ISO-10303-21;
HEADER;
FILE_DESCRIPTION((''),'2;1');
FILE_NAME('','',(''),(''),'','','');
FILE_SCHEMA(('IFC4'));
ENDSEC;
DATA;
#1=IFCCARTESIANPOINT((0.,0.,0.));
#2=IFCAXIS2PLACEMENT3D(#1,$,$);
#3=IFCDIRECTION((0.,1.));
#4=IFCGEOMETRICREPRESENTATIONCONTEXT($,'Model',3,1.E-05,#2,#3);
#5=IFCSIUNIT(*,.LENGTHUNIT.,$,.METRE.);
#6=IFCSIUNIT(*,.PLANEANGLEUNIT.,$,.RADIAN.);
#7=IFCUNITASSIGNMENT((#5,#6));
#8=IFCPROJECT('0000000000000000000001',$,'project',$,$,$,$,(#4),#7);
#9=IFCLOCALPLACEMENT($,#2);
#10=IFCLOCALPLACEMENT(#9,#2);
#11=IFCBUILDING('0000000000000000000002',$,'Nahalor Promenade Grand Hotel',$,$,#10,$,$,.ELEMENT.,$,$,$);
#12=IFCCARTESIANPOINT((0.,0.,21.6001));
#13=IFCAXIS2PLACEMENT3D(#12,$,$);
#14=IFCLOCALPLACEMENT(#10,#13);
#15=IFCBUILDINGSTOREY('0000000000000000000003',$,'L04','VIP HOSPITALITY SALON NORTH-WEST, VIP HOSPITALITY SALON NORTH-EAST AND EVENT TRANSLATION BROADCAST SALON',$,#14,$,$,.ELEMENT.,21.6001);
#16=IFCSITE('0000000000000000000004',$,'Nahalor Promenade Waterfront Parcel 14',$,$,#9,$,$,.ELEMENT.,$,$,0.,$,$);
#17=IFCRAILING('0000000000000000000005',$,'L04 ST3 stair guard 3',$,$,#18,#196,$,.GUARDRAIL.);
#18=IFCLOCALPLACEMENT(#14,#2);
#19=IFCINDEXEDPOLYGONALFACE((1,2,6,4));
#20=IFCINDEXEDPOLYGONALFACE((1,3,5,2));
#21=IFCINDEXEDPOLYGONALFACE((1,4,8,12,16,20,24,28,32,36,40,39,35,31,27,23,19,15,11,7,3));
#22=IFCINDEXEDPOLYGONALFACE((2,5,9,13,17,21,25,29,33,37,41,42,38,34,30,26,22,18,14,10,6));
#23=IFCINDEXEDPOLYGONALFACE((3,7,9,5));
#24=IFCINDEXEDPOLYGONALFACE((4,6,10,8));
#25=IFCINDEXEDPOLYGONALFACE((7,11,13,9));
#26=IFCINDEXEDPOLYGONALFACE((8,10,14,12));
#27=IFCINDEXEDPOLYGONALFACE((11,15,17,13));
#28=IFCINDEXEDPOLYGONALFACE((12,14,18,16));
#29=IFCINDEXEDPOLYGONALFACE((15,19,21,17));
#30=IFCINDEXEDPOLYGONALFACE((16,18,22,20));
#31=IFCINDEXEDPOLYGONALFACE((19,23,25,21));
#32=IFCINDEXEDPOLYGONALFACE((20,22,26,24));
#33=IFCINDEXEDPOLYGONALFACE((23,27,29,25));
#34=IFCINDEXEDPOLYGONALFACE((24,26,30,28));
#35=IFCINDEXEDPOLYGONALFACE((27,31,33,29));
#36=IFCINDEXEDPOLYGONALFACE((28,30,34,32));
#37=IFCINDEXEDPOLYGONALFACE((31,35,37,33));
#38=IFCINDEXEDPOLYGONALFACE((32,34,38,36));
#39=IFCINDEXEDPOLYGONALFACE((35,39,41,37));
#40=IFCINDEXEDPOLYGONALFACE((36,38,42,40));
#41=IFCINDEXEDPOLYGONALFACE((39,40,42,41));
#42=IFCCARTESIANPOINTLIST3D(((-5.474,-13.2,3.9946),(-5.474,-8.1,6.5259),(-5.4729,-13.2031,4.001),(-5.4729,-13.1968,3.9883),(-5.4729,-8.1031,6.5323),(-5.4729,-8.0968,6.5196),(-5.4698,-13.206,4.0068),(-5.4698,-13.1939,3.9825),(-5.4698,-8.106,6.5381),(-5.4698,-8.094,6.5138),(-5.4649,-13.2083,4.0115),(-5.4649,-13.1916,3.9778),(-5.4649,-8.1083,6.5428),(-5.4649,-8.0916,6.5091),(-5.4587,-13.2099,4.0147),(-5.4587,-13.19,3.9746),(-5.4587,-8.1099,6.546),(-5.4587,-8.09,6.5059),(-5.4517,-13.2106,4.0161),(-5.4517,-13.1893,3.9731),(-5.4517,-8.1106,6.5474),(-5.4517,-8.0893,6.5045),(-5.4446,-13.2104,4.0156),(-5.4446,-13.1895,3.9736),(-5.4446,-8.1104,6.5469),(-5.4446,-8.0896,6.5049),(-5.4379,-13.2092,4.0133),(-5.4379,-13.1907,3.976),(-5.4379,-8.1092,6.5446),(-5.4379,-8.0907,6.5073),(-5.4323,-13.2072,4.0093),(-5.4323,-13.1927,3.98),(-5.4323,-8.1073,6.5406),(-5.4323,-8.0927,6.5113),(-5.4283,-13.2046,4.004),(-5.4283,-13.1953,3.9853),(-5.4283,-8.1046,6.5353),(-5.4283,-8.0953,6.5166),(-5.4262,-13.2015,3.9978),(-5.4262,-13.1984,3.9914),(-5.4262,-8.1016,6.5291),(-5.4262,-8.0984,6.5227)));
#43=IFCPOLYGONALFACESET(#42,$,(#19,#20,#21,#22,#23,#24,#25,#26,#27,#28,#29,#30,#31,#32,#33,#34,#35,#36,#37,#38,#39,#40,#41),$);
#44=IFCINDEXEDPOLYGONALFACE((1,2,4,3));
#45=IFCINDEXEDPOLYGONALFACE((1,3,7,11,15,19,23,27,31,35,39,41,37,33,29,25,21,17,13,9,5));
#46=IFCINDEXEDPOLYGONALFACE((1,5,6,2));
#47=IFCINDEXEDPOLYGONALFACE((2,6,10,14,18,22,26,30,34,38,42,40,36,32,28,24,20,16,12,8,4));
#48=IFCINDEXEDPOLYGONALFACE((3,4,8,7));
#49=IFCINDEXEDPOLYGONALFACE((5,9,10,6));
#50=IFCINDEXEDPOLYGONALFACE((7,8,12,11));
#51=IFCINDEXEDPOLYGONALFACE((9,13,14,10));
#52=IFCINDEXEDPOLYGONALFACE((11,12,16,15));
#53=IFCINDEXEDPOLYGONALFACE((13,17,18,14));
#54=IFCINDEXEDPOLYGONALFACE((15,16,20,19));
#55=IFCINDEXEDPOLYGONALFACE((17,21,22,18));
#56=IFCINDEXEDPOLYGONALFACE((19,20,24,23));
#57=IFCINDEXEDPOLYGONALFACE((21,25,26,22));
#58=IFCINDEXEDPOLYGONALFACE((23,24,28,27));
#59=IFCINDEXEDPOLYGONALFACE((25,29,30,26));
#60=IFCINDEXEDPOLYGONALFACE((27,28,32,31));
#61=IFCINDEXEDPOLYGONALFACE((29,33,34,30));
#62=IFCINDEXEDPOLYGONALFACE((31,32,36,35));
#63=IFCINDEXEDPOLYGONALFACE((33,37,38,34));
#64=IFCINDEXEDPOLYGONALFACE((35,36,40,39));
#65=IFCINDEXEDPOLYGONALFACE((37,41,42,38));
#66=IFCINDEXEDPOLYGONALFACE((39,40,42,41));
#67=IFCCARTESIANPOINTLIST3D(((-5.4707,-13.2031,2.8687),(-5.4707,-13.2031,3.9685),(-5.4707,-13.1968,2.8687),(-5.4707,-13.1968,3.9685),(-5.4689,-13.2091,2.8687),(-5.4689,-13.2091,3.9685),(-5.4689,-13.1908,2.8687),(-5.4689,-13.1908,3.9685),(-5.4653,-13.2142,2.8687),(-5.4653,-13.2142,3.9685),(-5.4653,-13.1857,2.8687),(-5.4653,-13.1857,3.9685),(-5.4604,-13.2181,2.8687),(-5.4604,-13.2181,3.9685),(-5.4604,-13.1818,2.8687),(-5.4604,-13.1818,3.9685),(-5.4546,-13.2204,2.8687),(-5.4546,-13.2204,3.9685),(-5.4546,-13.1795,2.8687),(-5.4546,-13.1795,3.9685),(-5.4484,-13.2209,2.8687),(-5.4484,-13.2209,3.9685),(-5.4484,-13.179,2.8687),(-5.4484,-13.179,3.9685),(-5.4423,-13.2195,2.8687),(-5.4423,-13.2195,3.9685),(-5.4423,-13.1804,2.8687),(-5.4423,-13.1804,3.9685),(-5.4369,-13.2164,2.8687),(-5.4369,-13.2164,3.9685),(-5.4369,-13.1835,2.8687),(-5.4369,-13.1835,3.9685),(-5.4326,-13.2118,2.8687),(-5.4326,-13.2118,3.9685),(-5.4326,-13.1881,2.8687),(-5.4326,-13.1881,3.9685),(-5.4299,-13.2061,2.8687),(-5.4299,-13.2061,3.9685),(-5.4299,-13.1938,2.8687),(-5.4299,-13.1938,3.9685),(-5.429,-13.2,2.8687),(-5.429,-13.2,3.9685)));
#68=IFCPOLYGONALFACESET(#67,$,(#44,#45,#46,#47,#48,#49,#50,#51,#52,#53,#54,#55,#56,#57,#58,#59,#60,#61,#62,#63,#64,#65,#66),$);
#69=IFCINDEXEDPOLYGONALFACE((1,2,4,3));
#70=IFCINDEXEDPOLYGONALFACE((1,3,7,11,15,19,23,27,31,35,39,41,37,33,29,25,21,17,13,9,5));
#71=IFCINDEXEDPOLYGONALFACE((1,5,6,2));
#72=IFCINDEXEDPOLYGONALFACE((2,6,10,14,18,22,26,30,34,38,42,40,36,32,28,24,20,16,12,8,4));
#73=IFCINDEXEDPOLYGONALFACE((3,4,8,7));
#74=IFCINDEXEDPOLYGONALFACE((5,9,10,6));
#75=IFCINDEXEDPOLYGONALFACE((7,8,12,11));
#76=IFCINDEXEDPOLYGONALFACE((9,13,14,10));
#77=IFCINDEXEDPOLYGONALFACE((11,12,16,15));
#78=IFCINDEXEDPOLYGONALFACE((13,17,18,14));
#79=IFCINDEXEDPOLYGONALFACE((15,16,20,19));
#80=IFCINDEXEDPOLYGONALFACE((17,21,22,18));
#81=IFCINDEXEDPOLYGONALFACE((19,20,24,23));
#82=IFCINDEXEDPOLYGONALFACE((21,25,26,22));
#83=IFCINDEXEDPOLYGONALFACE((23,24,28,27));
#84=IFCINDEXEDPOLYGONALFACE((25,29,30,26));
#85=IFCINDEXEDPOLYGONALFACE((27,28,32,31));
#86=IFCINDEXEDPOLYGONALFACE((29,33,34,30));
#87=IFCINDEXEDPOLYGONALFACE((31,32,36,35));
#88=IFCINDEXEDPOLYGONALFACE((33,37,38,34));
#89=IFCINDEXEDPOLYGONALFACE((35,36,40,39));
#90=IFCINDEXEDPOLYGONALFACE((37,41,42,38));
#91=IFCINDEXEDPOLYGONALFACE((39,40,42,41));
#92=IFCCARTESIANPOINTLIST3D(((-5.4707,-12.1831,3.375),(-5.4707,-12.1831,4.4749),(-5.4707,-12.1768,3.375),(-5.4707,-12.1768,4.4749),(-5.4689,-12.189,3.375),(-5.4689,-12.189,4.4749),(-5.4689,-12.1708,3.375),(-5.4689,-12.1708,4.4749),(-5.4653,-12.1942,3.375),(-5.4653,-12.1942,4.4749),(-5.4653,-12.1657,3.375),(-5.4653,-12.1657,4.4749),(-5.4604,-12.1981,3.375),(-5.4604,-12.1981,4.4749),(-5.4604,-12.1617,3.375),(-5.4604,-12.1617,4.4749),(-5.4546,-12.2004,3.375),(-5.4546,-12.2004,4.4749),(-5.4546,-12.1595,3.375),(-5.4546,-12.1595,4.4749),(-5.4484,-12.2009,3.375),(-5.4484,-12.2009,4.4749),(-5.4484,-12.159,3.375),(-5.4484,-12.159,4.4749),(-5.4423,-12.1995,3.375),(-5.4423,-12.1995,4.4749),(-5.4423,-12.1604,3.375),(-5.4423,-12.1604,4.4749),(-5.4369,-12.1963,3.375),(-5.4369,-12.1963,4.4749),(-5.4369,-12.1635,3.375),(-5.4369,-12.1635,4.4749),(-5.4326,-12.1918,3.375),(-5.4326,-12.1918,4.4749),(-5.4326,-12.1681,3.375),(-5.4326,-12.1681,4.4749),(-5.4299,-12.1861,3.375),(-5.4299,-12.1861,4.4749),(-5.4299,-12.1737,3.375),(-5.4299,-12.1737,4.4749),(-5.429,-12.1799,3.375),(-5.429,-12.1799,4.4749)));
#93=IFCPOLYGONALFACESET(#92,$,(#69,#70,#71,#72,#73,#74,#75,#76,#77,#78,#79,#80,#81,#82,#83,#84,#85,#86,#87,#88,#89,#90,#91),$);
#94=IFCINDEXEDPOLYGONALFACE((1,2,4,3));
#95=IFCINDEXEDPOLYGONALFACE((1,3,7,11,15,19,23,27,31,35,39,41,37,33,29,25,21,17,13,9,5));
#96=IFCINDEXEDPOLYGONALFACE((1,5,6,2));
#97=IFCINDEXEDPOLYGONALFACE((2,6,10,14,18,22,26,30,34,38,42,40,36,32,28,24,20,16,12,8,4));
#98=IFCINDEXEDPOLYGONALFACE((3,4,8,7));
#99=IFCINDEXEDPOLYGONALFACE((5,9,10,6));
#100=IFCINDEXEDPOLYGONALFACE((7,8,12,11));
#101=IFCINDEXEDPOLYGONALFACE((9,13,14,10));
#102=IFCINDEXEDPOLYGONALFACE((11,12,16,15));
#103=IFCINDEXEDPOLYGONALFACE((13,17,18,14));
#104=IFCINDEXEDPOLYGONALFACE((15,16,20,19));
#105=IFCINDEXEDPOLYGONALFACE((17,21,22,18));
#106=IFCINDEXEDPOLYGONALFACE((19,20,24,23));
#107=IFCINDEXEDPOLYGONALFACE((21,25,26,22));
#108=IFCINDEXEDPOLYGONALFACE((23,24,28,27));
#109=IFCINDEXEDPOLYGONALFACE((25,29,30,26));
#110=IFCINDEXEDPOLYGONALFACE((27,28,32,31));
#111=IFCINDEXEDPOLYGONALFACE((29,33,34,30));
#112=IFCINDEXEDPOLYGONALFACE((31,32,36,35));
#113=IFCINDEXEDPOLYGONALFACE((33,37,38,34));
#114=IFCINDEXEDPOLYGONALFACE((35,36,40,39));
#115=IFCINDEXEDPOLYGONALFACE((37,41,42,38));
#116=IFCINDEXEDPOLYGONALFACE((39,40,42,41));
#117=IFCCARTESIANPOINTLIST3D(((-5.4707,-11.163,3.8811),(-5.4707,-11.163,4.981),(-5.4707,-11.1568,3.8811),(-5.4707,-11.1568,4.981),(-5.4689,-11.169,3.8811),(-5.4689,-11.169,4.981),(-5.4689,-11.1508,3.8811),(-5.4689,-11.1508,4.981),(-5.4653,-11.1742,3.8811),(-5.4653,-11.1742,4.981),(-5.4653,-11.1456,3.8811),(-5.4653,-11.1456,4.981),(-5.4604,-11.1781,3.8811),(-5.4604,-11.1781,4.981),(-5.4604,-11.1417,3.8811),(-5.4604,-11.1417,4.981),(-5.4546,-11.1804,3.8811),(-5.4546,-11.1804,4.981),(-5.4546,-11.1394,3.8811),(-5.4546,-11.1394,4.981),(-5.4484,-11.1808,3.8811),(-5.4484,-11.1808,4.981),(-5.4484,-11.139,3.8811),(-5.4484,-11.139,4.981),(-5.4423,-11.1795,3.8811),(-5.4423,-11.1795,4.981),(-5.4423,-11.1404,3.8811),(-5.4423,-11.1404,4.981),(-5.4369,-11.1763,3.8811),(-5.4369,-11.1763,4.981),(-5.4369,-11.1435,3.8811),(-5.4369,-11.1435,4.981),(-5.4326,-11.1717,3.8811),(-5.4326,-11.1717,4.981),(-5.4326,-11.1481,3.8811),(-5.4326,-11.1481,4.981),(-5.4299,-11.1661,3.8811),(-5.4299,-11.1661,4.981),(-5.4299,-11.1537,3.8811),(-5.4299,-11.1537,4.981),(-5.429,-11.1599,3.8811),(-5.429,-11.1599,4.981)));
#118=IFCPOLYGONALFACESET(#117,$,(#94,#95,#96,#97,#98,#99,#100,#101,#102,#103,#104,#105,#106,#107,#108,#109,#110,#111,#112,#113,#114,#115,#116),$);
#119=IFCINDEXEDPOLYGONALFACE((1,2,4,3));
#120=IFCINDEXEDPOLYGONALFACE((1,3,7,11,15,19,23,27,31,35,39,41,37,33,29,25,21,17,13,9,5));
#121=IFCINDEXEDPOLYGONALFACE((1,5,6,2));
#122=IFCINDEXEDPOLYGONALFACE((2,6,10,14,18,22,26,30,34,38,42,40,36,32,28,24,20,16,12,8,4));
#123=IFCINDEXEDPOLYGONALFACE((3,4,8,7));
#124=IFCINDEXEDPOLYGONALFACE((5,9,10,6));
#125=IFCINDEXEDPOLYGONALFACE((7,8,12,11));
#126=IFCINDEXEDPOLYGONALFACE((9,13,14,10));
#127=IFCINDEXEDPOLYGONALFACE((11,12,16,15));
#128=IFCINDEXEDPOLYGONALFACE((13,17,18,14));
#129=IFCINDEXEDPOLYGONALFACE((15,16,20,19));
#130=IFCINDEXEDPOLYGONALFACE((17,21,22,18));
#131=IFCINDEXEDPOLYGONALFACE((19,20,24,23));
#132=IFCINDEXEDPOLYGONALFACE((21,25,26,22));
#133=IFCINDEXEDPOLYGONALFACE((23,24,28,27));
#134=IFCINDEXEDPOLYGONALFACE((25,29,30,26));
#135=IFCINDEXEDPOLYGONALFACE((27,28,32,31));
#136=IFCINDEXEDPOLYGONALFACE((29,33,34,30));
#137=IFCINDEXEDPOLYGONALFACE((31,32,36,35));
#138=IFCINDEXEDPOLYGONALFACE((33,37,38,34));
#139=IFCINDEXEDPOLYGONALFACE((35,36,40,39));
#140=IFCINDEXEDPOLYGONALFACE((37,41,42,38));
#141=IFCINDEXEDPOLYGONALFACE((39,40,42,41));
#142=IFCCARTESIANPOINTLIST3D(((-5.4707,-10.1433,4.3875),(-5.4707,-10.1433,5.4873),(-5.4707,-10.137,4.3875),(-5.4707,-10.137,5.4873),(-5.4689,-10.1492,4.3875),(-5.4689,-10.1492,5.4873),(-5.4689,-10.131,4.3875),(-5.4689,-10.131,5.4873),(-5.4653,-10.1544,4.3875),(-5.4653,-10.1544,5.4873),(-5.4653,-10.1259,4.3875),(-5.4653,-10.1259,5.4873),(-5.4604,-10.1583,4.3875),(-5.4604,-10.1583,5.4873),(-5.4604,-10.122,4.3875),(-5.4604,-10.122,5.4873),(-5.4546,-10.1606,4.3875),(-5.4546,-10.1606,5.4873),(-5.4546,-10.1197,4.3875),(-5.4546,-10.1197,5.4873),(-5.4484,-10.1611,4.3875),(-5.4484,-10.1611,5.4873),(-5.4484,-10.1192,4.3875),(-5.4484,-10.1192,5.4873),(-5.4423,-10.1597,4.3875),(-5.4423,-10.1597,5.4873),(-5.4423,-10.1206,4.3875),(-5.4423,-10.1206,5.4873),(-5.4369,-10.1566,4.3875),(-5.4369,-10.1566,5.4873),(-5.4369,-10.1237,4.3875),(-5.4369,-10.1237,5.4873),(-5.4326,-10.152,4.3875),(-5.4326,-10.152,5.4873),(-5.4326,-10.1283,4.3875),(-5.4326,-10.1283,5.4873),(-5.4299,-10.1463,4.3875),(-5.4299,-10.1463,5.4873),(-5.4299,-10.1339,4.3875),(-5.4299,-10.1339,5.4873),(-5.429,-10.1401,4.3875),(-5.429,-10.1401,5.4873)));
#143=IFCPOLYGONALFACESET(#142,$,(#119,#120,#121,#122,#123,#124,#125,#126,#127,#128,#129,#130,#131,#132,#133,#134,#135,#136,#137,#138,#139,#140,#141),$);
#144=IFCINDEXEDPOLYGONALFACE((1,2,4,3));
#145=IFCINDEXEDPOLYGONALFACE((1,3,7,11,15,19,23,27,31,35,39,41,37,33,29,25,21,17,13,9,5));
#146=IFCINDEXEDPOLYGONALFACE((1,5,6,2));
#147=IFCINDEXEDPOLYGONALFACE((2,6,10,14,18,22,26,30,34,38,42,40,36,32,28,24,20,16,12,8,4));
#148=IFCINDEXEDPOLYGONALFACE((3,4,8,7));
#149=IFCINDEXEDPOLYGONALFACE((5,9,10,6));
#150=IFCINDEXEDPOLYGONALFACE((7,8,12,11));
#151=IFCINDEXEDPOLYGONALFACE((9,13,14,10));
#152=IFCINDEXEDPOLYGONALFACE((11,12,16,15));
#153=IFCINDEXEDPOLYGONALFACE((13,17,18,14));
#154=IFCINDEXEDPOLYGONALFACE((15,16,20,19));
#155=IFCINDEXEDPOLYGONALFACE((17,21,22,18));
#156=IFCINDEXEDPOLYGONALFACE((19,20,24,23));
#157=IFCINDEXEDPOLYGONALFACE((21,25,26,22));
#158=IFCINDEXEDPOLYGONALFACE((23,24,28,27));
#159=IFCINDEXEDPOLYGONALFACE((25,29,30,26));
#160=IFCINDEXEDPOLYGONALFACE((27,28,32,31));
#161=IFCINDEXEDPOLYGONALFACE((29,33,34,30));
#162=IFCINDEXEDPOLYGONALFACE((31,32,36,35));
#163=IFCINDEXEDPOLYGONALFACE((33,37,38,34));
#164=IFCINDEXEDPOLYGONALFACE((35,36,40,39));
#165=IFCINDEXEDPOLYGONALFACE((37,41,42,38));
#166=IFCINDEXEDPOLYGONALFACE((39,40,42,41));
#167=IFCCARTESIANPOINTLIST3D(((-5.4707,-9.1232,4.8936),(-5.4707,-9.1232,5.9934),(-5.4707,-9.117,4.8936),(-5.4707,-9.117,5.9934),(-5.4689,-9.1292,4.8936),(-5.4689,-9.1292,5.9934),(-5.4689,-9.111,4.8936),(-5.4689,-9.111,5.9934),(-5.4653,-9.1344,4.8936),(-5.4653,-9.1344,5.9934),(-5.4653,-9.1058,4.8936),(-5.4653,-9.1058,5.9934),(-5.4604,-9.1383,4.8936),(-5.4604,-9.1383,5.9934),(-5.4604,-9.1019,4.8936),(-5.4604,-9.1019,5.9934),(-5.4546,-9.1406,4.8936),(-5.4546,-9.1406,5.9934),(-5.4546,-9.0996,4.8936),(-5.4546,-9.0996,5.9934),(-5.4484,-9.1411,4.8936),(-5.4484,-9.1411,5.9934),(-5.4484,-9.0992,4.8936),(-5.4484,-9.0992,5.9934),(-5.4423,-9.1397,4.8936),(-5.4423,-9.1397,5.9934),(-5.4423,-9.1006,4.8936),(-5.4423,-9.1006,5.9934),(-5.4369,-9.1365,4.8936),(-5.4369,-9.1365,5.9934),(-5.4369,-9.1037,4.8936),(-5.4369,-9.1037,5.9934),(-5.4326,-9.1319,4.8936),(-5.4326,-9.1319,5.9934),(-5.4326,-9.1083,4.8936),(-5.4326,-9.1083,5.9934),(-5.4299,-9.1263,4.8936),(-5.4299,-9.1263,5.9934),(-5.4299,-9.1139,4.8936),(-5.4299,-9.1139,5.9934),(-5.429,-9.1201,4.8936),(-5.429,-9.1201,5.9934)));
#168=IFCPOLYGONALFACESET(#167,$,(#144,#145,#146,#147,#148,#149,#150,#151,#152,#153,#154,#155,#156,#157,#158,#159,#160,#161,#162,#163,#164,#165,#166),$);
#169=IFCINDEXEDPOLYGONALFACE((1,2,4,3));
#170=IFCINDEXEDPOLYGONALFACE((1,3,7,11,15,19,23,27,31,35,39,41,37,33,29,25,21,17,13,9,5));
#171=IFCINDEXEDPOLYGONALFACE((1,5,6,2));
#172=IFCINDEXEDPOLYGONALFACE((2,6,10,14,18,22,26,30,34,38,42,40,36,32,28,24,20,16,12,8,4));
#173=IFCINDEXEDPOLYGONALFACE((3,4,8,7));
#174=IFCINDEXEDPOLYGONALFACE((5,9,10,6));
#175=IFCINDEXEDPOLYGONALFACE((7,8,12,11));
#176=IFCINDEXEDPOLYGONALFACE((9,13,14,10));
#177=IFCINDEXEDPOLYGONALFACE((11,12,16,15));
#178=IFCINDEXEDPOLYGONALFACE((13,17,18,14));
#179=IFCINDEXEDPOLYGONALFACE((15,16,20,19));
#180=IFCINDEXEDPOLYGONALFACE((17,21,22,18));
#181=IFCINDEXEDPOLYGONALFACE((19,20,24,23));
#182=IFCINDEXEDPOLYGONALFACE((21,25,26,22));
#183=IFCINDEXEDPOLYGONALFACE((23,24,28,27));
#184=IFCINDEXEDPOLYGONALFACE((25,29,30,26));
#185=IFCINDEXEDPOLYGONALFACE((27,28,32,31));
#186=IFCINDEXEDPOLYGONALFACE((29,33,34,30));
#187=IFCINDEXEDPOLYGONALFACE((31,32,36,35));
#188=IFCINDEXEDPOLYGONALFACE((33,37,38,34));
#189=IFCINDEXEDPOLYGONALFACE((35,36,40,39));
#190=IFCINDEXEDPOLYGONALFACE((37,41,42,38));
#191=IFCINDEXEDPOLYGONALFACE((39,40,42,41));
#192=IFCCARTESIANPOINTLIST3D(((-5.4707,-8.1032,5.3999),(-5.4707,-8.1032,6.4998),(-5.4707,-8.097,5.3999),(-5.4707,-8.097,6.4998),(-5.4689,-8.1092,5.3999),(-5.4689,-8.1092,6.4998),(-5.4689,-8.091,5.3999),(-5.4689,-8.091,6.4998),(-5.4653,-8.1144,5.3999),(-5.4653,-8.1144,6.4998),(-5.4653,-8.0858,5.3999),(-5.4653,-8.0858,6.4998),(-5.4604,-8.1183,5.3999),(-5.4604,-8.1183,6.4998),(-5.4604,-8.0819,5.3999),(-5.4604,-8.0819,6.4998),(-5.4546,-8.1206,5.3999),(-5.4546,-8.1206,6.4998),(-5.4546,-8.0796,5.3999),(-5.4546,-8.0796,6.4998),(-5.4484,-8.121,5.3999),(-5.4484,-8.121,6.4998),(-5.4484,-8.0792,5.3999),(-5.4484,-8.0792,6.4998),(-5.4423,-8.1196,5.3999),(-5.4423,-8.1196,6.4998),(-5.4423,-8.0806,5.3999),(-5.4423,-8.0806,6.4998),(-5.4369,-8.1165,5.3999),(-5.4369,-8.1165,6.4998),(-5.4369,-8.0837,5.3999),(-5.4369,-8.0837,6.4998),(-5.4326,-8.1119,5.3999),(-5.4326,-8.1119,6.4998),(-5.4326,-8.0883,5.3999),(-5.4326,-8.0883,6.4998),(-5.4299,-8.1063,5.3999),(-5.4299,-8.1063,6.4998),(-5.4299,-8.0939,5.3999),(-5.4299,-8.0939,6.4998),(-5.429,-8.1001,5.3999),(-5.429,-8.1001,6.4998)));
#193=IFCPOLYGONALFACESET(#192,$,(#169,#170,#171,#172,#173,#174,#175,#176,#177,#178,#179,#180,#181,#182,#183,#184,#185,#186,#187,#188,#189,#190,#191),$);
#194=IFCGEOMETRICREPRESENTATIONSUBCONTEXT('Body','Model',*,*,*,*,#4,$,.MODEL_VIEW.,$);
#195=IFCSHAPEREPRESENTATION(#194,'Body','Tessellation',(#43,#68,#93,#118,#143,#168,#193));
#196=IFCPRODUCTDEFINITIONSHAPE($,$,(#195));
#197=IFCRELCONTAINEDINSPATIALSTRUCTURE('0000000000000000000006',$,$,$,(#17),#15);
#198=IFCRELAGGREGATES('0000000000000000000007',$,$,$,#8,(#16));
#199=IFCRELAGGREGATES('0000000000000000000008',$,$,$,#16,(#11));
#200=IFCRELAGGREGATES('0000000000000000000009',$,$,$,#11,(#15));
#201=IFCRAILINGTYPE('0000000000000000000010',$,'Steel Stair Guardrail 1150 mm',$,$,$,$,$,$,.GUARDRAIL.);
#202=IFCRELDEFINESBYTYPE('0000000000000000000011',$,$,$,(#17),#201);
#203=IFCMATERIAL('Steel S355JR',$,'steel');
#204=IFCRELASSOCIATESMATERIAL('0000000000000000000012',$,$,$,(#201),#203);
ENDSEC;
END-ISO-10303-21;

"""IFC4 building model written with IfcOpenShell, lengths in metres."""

from ifc_helpers import new_model, si_unit, direction, frame, origin, origin_2d, place, context, subcontext, project, spatial, circle, extrude, material, type_object, element, save


model = new_model("IFC4")

# Units and contexts
model_context = context("Model", 3, precision=1e-05, world=origin(), true_north=direction((0.0, 1.0)))
body_context = subcontext(model_context, "Body", "Model", "MODEL_VIEW")
ifc_project = project(units=[si_unit("LENGTHUNIT", "METRE"), si_unit("PLANEANGLEUNIT", "RADIAN")], contexts=[model_context])

# Site, building, storey
site_placement = place(None, origin())
site = spatial("IfcSite", under=ifc_project, at=site_placement, Name="Nahalor Promenade Waterfront Parcel 14", CompositionType="ELEMENT", RefElevation=0.0)
building_placement = place(site_placement, origin())
building = spatial("IfcBuilding", under=site, at=building_placement, Name="Nahalor Promenade Grand Hotel", CompositionType="ELEMENT")
storey_placement = place(building_placement, frame((0.0, 0.0, 21.6001)))
storey = spatial("IfcBuildingStorey", under=building, at=storey_placement, Name="L04", Description="VIP HOSPITALITY SALON NORTH-WEST, VIP HOSPITALITY SALON NORTH-EAST AND EVENT TRANSLATION BROADCAST SALON", CompositionType="ELEMENT", Elevation=21.6001)

# Shared definitions
ifc_material_1 = material(Name="Steel S355JR", Category="steel")

# Railing
railing_type_1 = type_object("IfcRailingType", Name="Steel Stair Guardrail 1150 mm", PredefinedType="GUARDRAIL", material=ifc_material_1)
railing_1_placement = place(storey_placement, frame((-5.45, -13.2, 2.8687)))
element("IfcRailing", 1, at=railing_1_placement, inside=storey, type_object=railing_type_1, Name="L04 ST3 stair guard 3", PredefinedType="GUARDRAIL", context=body_context, shape_type="SweptSolid", body=[
    extrude(circle(Radius=0.024, at=origin_2d()), frame((0.0, 0.0, 1.126), z_axis=(0.0, 0.895735, 0.444587), x_axis=(-1.0, 0.0, 0.0)), (0.0, 0.0, 1.0), 5.6936),
    extrude(circle(Radius=0.021, at=origin_2d()), origin(), (0.0, 0.0, 1.0), 1.0999),
    extrude(circle(Radius=0.021, at=origin_2d()), frame((0.0, 1.02, 0.5063)), (0.0, 0.0, 1.0), 1.0999),
    extrude(circle(Radius=0.021, at=origin_2d()), frame((0.0, 2.04, 1.0125)), (0.0, 0.0, 1.0), 1.0999),
    extrude(circle(Radius=0.021, at=origin_2d()), frame((0.0, 3.0598, 1.5188)), (0.0, 0.0, 1.0), 1.0999),
    extrude(circle(Radius=0.021, at=origin_2d()), frame((0.0, 4.0798, 2.0249)), (0.0, 0.0, 1.0), 1.0999),
    extrude(circle(Radius=0.021, at=origin_2d()), frame((0.0, 5.0999, 2.5312)), (0.0, 0.0, 1.0), 1.0999),
])

save(model, "model.ifc")
